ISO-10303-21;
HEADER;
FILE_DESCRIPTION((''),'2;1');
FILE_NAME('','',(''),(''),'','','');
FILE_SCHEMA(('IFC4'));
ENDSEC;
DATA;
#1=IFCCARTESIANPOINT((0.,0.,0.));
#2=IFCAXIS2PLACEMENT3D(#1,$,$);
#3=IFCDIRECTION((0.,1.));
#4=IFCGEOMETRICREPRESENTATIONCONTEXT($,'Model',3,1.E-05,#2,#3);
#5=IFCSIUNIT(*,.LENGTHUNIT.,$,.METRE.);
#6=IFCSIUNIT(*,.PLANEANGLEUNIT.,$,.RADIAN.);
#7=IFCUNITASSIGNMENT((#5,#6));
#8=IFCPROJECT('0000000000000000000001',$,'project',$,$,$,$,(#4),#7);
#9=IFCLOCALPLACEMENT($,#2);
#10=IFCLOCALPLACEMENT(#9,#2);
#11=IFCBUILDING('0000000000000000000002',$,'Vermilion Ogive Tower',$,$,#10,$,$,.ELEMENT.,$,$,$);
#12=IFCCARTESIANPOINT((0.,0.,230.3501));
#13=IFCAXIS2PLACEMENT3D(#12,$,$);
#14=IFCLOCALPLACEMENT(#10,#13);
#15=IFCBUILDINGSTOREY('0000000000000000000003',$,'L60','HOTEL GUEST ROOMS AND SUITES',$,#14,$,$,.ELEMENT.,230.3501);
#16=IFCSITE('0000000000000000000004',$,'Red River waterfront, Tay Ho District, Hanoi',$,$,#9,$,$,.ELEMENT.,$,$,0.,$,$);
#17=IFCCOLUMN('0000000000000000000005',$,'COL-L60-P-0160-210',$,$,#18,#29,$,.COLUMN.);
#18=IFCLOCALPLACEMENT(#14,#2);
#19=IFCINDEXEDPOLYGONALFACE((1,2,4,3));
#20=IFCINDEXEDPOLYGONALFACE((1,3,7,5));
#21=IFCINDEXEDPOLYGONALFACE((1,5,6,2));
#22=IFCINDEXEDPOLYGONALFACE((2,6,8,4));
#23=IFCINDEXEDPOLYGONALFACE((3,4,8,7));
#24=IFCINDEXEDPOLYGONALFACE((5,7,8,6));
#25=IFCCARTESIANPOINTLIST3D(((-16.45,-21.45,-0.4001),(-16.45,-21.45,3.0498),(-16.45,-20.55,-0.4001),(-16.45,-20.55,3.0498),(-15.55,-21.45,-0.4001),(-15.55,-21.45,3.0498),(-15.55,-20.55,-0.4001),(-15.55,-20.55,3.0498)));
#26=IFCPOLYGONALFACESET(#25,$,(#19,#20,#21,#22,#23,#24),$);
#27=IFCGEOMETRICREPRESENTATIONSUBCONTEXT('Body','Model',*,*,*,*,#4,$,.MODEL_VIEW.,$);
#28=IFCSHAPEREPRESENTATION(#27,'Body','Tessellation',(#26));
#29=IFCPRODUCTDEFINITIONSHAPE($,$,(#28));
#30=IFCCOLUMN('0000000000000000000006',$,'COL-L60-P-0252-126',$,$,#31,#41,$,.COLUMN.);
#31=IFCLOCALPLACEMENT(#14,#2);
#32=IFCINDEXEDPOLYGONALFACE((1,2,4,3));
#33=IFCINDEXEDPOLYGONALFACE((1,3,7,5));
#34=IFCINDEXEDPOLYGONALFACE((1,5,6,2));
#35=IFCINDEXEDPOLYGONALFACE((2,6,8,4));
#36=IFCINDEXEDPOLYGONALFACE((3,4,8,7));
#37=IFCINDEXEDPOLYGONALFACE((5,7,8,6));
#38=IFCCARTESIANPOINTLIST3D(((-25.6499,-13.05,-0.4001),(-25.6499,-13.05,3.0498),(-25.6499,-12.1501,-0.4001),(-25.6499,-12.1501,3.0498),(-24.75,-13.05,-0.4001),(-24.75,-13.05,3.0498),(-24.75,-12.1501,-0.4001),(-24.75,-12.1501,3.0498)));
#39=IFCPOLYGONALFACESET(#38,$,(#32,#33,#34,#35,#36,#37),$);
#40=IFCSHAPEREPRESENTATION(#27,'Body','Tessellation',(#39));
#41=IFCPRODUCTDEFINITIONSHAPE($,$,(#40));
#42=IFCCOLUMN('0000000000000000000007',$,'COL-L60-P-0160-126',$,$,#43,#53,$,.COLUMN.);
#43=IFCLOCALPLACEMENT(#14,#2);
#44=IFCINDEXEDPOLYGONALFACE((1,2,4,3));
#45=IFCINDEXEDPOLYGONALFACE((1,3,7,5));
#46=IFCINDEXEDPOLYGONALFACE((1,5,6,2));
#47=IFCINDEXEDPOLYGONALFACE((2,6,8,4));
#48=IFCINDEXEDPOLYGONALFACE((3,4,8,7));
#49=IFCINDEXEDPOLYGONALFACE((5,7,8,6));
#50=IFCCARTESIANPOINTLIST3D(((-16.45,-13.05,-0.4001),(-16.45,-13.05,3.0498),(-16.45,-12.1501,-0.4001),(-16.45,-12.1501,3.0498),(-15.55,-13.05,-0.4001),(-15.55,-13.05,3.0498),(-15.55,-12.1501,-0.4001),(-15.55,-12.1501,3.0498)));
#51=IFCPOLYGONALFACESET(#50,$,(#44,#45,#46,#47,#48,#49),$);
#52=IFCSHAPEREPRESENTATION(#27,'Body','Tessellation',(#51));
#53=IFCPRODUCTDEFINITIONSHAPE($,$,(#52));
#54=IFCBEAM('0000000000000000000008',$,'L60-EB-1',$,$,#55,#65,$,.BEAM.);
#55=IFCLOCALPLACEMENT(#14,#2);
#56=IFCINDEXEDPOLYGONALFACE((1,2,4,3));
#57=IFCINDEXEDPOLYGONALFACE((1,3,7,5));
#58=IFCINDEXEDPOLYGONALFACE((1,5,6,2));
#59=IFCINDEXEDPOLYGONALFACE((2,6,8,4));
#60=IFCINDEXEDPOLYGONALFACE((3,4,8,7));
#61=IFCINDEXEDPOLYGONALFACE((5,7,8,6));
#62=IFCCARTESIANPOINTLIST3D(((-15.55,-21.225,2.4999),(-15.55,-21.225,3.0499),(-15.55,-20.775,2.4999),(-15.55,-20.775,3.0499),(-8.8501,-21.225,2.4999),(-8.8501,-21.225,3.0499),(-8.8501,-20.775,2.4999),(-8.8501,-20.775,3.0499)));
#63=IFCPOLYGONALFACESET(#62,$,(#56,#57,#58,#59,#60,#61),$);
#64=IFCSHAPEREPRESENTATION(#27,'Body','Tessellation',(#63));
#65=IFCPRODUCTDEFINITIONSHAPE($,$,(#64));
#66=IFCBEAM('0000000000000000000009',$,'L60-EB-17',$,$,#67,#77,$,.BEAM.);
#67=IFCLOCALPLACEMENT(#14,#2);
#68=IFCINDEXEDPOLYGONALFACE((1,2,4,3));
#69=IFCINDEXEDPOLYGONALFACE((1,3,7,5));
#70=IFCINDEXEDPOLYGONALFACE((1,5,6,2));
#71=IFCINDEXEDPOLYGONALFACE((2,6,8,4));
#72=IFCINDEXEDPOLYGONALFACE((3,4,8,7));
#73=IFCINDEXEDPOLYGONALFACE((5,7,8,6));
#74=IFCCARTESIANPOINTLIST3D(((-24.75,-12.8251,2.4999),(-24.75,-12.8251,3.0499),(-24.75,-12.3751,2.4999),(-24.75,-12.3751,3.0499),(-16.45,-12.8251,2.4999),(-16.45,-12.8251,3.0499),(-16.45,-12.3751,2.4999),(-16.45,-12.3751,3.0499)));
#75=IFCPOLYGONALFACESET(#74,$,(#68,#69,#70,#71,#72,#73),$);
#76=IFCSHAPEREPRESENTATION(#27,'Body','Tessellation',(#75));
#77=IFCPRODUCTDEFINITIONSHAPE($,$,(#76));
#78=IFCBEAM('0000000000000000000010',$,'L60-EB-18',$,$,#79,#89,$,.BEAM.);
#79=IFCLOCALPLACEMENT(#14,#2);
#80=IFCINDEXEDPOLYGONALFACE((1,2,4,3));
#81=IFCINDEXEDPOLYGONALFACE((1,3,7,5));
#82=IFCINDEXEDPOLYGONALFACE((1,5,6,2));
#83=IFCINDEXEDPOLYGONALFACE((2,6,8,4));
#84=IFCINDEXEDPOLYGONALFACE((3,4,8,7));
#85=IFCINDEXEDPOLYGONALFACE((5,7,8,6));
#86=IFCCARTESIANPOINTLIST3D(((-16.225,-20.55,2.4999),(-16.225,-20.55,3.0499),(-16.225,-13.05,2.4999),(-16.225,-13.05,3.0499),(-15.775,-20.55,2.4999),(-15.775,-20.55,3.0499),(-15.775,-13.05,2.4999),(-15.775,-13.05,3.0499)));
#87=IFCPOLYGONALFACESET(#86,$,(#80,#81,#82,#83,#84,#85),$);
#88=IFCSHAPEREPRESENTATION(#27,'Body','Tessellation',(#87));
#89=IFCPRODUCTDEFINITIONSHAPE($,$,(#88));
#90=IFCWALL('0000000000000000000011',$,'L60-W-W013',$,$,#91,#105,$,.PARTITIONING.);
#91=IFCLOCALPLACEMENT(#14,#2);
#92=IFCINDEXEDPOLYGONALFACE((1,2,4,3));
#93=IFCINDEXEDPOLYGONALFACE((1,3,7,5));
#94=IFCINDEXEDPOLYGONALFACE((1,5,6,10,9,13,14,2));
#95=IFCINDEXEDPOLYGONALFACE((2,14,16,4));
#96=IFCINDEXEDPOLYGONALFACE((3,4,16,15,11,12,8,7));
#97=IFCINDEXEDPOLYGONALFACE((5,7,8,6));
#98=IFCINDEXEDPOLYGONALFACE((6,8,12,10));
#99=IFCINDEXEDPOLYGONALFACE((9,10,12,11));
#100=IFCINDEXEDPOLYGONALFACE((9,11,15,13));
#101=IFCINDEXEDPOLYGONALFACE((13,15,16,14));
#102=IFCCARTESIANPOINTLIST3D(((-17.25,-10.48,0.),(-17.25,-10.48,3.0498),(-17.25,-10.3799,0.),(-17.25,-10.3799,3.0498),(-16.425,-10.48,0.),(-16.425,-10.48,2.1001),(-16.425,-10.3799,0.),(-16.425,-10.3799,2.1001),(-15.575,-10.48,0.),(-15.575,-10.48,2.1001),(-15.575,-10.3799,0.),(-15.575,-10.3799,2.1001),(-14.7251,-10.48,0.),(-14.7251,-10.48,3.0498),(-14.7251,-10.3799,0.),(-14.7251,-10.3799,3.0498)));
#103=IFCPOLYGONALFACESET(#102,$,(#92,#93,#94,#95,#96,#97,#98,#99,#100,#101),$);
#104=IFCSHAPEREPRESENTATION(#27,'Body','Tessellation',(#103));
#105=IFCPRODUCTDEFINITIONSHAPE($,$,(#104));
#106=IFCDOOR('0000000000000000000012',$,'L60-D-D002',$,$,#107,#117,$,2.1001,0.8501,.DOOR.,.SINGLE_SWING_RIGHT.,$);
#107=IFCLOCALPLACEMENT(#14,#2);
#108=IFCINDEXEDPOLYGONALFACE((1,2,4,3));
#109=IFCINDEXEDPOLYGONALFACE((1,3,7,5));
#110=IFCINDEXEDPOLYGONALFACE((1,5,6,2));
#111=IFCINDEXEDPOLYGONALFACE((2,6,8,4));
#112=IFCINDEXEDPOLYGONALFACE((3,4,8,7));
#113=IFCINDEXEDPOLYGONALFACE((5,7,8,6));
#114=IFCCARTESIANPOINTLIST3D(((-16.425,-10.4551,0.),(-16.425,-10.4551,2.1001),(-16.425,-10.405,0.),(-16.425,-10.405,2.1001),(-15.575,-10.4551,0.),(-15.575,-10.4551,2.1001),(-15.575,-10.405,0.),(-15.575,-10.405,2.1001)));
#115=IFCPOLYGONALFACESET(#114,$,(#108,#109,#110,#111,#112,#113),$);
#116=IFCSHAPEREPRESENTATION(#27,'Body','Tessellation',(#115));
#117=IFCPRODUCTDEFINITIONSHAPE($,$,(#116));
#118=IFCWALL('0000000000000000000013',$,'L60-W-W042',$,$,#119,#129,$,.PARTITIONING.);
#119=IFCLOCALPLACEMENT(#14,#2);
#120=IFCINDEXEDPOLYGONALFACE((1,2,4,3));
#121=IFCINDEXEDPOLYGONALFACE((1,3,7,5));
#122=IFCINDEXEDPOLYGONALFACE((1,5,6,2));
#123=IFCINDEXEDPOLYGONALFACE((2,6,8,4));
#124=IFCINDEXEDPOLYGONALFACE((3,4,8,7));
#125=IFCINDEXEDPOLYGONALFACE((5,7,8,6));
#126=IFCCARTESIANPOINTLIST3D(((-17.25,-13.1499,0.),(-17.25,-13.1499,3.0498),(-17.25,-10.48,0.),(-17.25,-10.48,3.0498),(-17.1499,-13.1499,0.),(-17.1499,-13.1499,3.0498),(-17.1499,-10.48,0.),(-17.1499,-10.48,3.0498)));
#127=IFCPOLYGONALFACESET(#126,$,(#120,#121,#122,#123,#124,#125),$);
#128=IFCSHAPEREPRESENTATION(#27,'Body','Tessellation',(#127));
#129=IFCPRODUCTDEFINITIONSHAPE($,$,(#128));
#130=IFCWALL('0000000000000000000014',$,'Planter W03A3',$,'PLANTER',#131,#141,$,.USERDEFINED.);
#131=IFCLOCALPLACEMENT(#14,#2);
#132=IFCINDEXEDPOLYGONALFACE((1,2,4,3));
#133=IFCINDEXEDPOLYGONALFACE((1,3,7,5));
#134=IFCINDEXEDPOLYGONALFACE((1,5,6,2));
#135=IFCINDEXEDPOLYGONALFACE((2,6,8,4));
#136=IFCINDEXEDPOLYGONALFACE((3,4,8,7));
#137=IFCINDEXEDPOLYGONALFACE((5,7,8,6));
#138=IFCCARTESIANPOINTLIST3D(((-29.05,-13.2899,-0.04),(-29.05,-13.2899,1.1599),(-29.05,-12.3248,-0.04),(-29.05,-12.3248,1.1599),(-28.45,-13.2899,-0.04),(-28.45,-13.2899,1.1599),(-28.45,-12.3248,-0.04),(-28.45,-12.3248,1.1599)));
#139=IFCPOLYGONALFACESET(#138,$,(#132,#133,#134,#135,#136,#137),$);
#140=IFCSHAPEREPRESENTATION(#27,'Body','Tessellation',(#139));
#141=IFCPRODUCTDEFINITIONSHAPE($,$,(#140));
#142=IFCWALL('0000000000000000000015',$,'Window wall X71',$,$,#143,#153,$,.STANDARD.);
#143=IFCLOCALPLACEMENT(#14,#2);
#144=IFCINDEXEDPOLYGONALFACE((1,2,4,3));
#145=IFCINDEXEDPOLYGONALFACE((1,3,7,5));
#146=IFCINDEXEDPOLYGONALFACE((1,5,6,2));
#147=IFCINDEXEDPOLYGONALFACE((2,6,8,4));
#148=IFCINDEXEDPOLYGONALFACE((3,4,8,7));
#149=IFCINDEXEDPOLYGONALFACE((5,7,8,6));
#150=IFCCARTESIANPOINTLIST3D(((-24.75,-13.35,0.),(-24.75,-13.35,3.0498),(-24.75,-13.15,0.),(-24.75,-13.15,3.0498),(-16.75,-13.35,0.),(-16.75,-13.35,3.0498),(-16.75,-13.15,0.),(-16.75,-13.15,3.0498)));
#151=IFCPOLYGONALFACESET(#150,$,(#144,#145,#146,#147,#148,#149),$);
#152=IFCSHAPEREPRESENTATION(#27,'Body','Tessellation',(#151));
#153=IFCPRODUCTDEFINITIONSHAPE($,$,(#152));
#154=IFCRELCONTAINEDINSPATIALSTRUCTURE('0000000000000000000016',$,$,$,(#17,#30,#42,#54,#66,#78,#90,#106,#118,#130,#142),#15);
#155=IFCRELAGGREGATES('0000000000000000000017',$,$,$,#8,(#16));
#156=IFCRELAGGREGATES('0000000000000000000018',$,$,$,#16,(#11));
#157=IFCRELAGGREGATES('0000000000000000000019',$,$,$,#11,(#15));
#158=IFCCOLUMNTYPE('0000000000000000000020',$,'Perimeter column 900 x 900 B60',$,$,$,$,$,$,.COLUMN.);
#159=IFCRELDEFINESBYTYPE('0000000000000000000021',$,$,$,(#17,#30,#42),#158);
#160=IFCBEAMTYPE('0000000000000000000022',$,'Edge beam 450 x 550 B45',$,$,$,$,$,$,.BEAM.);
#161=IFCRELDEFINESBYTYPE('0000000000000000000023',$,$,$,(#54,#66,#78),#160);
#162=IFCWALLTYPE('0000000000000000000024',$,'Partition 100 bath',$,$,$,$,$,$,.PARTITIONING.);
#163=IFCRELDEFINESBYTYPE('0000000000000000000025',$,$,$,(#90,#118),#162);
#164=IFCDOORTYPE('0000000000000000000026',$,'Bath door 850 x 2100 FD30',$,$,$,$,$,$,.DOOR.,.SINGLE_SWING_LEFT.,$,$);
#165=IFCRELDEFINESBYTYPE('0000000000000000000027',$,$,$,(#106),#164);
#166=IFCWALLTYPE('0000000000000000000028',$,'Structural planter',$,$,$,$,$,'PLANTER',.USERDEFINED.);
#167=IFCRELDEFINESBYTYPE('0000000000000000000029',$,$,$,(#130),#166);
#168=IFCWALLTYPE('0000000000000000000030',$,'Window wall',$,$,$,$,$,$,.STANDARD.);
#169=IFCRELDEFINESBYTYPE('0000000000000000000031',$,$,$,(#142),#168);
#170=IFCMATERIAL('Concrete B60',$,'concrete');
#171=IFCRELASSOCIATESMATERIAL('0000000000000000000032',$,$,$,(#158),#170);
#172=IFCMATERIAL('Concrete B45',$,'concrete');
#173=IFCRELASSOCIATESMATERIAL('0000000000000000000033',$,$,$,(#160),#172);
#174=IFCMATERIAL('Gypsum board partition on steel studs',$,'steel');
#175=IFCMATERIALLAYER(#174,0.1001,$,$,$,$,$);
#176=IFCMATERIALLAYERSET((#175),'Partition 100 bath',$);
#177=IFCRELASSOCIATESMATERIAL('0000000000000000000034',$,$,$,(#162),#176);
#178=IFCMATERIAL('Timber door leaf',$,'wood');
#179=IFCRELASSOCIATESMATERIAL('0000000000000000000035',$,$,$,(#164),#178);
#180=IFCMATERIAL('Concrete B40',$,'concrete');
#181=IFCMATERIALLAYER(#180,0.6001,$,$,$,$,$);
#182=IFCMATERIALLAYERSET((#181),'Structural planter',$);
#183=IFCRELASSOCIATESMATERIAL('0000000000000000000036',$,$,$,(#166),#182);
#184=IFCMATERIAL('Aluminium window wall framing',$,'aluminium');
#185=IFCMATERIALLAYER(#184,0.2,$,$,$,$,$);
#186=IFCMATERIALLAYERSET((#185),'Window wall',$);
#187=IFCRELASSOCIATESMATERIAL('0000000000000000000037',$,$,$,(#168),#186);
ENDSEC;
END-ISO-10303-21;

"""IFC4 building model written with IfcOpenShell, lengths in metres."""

from ifc_helpers import new_model, si_unit, direction, frame, frame_2d, origin, origin_2d, place, context, subcontext, project, spatial, rectangle, extrude, material, layer, layer_set, material_profile, profile_set, type_object, element, fill, save


model = new_model("IFC4")

# Units and contexts
model_context = context("Model", 3, precision=1e-05, world=origin(), true_north=direction((0.0, 1.0)))
body_context = subcontext(model_context, "Body", "Model", "MODEL_VIEW")
ifc_project = project(units=[si_unit("LENGTHUNIT", "METRE"), si_unit("PLANEANGLEUNIT", "RADIAN")], contexts=[model_context])

# Site, building, storey
site_placement = place(None, origin())
site = spatial("IfcSite", under=ifc_project, at=site_placement, Name="Red River waterfront, Tay Ho District, Hanoi", CompositionType="ELEMENT", RefElevation=0.0)
building_placement = place(site_placement, origin())
building = spatial("IfcBuilding", under=site, at=building_placement, Name="Vermilion Ogive Tower", CompositionType="ELEMENT")
storey_placement = place(building_placement, frame((0.0, 0.0, 230.3501)))
storey = spatial("IfcBuildingStorey", under=building, at=storey_placement, Name="L60", Description="HOTEL GUEST ROOMS AND SUITES", CompositionType="ELEMENT", Elevation=230.3501)

# Columns
ifc_material_1 = material(Name="Concrete B60", Category="concrete")
ifc_material_profile_1 = material_profile(ifc_material_1, rectangle(XDim=0.8999, YDim=0.8999, at=origin_2d()), Name="900 x 900")
ifc_profile_set_1 = profile_set([ifc_material_profile_1], Name="Concrete B60")
column_type = type_object("IfcColumnType", Name="Perimeter column 900 x 900 B60", PredefinedType="COLUMN", material=ifc_profile_set_1)
for number, where, z_axis, x_axis, name in (
    (1, (-16.0, -21.0, -0.4001), (0.0, 0.0, 1.0), (1.0, 0.0, 0.0), "COL-L60-P-0160-210"),
    (2, (-25.2, -12.6001, -0.4001), (0.0, 0.0, 1.0), (1.0, 0.0, 0.0), "COL-L60-P-0252-126"),
    (3, (-16.0, -12.6001, -0.4001), (0.0, 0.0, 1.0), (1.0, 0.0, 0.0), "COL-L60-P-0160-126"),
):
    element("IfcColumn", number, at=place(storey_placement, frame(where, z_axis=z_axis, x_axis=x_axis)), inside=storey, type_object=column_type, Name=name, PredefinedType="COLUMN", context=body_context, shape_type="SweptSolid", body=[
        extrude(rectangle(XDim=0.8999, YDim=0.8999, at=origin_2d()), origin(), (0.0, 0.0, 1.0), 3.45),
    ])

# Beams
ifc_material_2 = material(Name="Concrete B45", Category="concrete")
ifc_material_profile_2 = material_profile(ifc_material_2, rectangle(XDim=0.45, YDim=0.55, at=origin_2d()), Name="450 x 550")
ifc_profile_set_2 = profile_set([ifc_material_profile_2], Name="Concrete B45")
beam_type = type_object("IfcBeamType", Name="Edge beam 450 x 550 B45", PredefinedType="BEAM", material=ifc_profile_set_2)
beam_1_placement = place(storey_placement, frame((-15.55, -21.0, 2.7749), z_axis=(1.0, 0.0, 0.0), x_axis=(0.0, 1.0, 0.0)))
element("IfcBeam", 4, at=beam_1_placement, inside=storey, type_object=beam_type, Name="L60-EB-1", PredefinedType="BEAM", context=body_context, shape_type="SweptSolid", body=[
    extrude(rectangle(XDim=0.45, YDim=0.55, at=origin_2d()), origin(), (0.0, 0.0, 1.0), 6.7),
])
beam_2_placement = place(storey_placement, frame((-24.75, -12.6001, 2.7749), z_axis=(1.0, 0.0, 0.0), x_axis=(0.0, 1.0, 0.0)))
element("IfcBeam", 5, at=beam_2_placement, inside=storey, type_object=beam_type, Name="L60-EB-17", PredefinedType="BEAM", context=body_context, shape_type="SweptSolid", body=[
    extrude(rectangle(XDim=0.45, YDim=0.55, at=origin_2d()), origin(), (0.0, 0.0, 1.0), 8.3),
])
beam_3_placement = place(storey_placement, frame((-16.0, -13.05, 2.7749), z_axis=(0.0, -1.0, 0.0), x_axis=(1.0, 0.0, 0.0)))
element("IfcBeam", 6, at=beam_3_placement, inside=storey, type_object=beam_type, Name="L60-EB-18", PredefinedType="BEAM", context=body_context, shape_type="SweptSolid", body=[
    extrude(rectangle(XDim=0.45, YDim=0.55, at=origin_2d()), origin(), (0.0, 0.0, 1.0), 7.5),
])

# Wall, opening, door
ifc_material_3 = material(Name="Gypsum board partition on steel studs", Category="steel")
ifc_layer_1 = layer(ifc_material_3, 0.1001)
ifc_layer_set_1 = layer_set([ifc_layer_1], Name="Partition 100 bath")
wall_type_1 = type_object("IfcWallType", Name="Partition 100 bath", PredefinedType="PARTITIONING", material=ifc_layer_set_1)
wall_1_placement = place(storey_placement, frame((-17.25, -10.4299, 0.0), z_axis=(0.0, 0.0, 1.0), x_axis=(1.0, 0.0, 0.0)))
wall_1 = element("IfcWall", 7, at=wall_1_placement, inside=storey, type_object=wall_type_1, Name="L60-W-W013", PredefinedType="PARTITIONING", context=body_context, shape_type="SweptSolid", body=[
    extrude(rectangle(XDim=2.5249, YDim=0.1001, at=frame_2d((1.2625, 0.0))), origin(), (0.0, 0.0, 1.0), 3.0498),
])
opening_1_placement = place(wall_1_placement, frame((0.825, 0.0, 0.0)))
opening_1 = element("IfcOpeningElement", 8, at=opening_1_placement, cuts=wall_1, PredefinedType="OPENING", context=body_context, shape_type="SweptSolid", body=[
    extrude(rectangle(XDim=0.8501, YDim=2.1001, at=frame_2d((0.425, 1.05))), frame((0.0, 0.0601, 0.0), z_axis=(0.0, -1.0, 0.0), x_axis=(1.0, 0.0, 0.0)), (0.0, 0.0, 1.0), 0.1201),
])
ifc_material_4 = material(Name="Timber door leaf", Category="wood")
door_type = type_object("IfcDoorType", Name="Bath door 850 x 2100 FD30", OperationType="SINGLE_SWING_LEFT", PredefinedType="DOOR", material=ifc_material_4)
door_placement = place(opening_1_placement, origin())
door = element("IfcDoor", 9, at=door_placement, inside=storey, type_object=door_type, Name="L60-D-D002", OperationType="SINGLE_SWING_RIGHT", OverallHeight=2.1001, OverallWidth=0.8501, PredefinedType="DOOR", context=body_context, shape_type="SweptSolid", body=[
    extrude(rectangle(XDim=0.8501, YDim=2.1001, at=frame_2d((0.425, 1.05))), frame((0.0, 0.0249, 0.0), z_axis=(0.0, -1.0, 0.0), x_axis=(1.0, 0.0, 0.0)), (0.0, 0.0, 1.0), 0.05),
])
fill(opening_1, door)

# Walls
wall_2_placement = place(storey_placement, frame((-17.2, -13.1499, 0.0), z_axis=(0.0, 0.0, 1.0), x_axis=(0.0, 1.0, 0.0)))
element("IfcWall", 10, at=wall_2_placement, inside=storey, type_object=wall_type_1, Name="L60-W-W042", PredefinedType="PARTITIONING", context=body_context, shape_type="SweptSolid", body=[
    extrude(rectangle(XDim=2.6699, YDim=0.1001, at=frame_2d((1.335, 0.0))), origin(), (0.0, 0.0, 1.0), 3.0498),
])
ifc_material_5 = material(Name="Concrete B40", Category="concrete")
ifc_layer_2 = layer(ifc_material_5, 0.6001)
ifc_layer_set_2 = layer_set([ifc_layer_2], Name="Structural planter")
wall_type_2 = type_object("IfcWallType", Name="Structural planter", ElementType="PLANTER", PredefinedType="USERDEFINED", material=ifc_layer_set_2)
wall_3_placement = place(storey_placement, frame((-28.75, -12.325, -0.04), z_axis=(0.0, 0.0, 1.0), x_axis=(0.0, -1.0, 0.0)))
element("IfcWall", 11, at=wall_3_placement, inside=storey, type_object=wall_type_2, Name="Planter W03A3", ObjectType="PLANTER", PredefinedType="USERDEFINED", context=body_context, shape_type="SweptSolid", body=[
    extrude(rectangle(XDim=0.9651, YDim=0.6001, at=frame_2d((0.4824, 0.0))), origin(), (0.0, 0.0, 1.0), 1.2),
])
ifc_material_6 = material(Name="Aluminium window wall framing", Category="aluminium")
ifc_layer_3 = layer(ifc_material_6, 0.2)
ifc_layer_set_3 = layer_set([ifc_layer_3], Name="Window wall")
wall_type_3 = type_object("IfcWallType", Name="Window wall", PredefinedType="STANDARD", material=ifc_layer_set_3)
wall_4_placement = place(storey_placement, frame((-24.75, -13.25, 0.0), z_axis=(0.0, 0.0, 1.0), x_axis=(1.0, 0.0, 0.0)))
element("IfcWall", 12, at=wall_4_placement, inside=storey, type_object=wall_type_3, Name="Window wall X71", PredefinedType="STANDARD", context=body_context, shape_type="SweptSolid", body=[
    extrude(rectangle(XDim=8.0, YDim=0.2, at=frame_2d((4.0, 0.0))), origin(), (0.0, 0.0, 1.0), 3.0498),
])

save(model, "model.ifc")
